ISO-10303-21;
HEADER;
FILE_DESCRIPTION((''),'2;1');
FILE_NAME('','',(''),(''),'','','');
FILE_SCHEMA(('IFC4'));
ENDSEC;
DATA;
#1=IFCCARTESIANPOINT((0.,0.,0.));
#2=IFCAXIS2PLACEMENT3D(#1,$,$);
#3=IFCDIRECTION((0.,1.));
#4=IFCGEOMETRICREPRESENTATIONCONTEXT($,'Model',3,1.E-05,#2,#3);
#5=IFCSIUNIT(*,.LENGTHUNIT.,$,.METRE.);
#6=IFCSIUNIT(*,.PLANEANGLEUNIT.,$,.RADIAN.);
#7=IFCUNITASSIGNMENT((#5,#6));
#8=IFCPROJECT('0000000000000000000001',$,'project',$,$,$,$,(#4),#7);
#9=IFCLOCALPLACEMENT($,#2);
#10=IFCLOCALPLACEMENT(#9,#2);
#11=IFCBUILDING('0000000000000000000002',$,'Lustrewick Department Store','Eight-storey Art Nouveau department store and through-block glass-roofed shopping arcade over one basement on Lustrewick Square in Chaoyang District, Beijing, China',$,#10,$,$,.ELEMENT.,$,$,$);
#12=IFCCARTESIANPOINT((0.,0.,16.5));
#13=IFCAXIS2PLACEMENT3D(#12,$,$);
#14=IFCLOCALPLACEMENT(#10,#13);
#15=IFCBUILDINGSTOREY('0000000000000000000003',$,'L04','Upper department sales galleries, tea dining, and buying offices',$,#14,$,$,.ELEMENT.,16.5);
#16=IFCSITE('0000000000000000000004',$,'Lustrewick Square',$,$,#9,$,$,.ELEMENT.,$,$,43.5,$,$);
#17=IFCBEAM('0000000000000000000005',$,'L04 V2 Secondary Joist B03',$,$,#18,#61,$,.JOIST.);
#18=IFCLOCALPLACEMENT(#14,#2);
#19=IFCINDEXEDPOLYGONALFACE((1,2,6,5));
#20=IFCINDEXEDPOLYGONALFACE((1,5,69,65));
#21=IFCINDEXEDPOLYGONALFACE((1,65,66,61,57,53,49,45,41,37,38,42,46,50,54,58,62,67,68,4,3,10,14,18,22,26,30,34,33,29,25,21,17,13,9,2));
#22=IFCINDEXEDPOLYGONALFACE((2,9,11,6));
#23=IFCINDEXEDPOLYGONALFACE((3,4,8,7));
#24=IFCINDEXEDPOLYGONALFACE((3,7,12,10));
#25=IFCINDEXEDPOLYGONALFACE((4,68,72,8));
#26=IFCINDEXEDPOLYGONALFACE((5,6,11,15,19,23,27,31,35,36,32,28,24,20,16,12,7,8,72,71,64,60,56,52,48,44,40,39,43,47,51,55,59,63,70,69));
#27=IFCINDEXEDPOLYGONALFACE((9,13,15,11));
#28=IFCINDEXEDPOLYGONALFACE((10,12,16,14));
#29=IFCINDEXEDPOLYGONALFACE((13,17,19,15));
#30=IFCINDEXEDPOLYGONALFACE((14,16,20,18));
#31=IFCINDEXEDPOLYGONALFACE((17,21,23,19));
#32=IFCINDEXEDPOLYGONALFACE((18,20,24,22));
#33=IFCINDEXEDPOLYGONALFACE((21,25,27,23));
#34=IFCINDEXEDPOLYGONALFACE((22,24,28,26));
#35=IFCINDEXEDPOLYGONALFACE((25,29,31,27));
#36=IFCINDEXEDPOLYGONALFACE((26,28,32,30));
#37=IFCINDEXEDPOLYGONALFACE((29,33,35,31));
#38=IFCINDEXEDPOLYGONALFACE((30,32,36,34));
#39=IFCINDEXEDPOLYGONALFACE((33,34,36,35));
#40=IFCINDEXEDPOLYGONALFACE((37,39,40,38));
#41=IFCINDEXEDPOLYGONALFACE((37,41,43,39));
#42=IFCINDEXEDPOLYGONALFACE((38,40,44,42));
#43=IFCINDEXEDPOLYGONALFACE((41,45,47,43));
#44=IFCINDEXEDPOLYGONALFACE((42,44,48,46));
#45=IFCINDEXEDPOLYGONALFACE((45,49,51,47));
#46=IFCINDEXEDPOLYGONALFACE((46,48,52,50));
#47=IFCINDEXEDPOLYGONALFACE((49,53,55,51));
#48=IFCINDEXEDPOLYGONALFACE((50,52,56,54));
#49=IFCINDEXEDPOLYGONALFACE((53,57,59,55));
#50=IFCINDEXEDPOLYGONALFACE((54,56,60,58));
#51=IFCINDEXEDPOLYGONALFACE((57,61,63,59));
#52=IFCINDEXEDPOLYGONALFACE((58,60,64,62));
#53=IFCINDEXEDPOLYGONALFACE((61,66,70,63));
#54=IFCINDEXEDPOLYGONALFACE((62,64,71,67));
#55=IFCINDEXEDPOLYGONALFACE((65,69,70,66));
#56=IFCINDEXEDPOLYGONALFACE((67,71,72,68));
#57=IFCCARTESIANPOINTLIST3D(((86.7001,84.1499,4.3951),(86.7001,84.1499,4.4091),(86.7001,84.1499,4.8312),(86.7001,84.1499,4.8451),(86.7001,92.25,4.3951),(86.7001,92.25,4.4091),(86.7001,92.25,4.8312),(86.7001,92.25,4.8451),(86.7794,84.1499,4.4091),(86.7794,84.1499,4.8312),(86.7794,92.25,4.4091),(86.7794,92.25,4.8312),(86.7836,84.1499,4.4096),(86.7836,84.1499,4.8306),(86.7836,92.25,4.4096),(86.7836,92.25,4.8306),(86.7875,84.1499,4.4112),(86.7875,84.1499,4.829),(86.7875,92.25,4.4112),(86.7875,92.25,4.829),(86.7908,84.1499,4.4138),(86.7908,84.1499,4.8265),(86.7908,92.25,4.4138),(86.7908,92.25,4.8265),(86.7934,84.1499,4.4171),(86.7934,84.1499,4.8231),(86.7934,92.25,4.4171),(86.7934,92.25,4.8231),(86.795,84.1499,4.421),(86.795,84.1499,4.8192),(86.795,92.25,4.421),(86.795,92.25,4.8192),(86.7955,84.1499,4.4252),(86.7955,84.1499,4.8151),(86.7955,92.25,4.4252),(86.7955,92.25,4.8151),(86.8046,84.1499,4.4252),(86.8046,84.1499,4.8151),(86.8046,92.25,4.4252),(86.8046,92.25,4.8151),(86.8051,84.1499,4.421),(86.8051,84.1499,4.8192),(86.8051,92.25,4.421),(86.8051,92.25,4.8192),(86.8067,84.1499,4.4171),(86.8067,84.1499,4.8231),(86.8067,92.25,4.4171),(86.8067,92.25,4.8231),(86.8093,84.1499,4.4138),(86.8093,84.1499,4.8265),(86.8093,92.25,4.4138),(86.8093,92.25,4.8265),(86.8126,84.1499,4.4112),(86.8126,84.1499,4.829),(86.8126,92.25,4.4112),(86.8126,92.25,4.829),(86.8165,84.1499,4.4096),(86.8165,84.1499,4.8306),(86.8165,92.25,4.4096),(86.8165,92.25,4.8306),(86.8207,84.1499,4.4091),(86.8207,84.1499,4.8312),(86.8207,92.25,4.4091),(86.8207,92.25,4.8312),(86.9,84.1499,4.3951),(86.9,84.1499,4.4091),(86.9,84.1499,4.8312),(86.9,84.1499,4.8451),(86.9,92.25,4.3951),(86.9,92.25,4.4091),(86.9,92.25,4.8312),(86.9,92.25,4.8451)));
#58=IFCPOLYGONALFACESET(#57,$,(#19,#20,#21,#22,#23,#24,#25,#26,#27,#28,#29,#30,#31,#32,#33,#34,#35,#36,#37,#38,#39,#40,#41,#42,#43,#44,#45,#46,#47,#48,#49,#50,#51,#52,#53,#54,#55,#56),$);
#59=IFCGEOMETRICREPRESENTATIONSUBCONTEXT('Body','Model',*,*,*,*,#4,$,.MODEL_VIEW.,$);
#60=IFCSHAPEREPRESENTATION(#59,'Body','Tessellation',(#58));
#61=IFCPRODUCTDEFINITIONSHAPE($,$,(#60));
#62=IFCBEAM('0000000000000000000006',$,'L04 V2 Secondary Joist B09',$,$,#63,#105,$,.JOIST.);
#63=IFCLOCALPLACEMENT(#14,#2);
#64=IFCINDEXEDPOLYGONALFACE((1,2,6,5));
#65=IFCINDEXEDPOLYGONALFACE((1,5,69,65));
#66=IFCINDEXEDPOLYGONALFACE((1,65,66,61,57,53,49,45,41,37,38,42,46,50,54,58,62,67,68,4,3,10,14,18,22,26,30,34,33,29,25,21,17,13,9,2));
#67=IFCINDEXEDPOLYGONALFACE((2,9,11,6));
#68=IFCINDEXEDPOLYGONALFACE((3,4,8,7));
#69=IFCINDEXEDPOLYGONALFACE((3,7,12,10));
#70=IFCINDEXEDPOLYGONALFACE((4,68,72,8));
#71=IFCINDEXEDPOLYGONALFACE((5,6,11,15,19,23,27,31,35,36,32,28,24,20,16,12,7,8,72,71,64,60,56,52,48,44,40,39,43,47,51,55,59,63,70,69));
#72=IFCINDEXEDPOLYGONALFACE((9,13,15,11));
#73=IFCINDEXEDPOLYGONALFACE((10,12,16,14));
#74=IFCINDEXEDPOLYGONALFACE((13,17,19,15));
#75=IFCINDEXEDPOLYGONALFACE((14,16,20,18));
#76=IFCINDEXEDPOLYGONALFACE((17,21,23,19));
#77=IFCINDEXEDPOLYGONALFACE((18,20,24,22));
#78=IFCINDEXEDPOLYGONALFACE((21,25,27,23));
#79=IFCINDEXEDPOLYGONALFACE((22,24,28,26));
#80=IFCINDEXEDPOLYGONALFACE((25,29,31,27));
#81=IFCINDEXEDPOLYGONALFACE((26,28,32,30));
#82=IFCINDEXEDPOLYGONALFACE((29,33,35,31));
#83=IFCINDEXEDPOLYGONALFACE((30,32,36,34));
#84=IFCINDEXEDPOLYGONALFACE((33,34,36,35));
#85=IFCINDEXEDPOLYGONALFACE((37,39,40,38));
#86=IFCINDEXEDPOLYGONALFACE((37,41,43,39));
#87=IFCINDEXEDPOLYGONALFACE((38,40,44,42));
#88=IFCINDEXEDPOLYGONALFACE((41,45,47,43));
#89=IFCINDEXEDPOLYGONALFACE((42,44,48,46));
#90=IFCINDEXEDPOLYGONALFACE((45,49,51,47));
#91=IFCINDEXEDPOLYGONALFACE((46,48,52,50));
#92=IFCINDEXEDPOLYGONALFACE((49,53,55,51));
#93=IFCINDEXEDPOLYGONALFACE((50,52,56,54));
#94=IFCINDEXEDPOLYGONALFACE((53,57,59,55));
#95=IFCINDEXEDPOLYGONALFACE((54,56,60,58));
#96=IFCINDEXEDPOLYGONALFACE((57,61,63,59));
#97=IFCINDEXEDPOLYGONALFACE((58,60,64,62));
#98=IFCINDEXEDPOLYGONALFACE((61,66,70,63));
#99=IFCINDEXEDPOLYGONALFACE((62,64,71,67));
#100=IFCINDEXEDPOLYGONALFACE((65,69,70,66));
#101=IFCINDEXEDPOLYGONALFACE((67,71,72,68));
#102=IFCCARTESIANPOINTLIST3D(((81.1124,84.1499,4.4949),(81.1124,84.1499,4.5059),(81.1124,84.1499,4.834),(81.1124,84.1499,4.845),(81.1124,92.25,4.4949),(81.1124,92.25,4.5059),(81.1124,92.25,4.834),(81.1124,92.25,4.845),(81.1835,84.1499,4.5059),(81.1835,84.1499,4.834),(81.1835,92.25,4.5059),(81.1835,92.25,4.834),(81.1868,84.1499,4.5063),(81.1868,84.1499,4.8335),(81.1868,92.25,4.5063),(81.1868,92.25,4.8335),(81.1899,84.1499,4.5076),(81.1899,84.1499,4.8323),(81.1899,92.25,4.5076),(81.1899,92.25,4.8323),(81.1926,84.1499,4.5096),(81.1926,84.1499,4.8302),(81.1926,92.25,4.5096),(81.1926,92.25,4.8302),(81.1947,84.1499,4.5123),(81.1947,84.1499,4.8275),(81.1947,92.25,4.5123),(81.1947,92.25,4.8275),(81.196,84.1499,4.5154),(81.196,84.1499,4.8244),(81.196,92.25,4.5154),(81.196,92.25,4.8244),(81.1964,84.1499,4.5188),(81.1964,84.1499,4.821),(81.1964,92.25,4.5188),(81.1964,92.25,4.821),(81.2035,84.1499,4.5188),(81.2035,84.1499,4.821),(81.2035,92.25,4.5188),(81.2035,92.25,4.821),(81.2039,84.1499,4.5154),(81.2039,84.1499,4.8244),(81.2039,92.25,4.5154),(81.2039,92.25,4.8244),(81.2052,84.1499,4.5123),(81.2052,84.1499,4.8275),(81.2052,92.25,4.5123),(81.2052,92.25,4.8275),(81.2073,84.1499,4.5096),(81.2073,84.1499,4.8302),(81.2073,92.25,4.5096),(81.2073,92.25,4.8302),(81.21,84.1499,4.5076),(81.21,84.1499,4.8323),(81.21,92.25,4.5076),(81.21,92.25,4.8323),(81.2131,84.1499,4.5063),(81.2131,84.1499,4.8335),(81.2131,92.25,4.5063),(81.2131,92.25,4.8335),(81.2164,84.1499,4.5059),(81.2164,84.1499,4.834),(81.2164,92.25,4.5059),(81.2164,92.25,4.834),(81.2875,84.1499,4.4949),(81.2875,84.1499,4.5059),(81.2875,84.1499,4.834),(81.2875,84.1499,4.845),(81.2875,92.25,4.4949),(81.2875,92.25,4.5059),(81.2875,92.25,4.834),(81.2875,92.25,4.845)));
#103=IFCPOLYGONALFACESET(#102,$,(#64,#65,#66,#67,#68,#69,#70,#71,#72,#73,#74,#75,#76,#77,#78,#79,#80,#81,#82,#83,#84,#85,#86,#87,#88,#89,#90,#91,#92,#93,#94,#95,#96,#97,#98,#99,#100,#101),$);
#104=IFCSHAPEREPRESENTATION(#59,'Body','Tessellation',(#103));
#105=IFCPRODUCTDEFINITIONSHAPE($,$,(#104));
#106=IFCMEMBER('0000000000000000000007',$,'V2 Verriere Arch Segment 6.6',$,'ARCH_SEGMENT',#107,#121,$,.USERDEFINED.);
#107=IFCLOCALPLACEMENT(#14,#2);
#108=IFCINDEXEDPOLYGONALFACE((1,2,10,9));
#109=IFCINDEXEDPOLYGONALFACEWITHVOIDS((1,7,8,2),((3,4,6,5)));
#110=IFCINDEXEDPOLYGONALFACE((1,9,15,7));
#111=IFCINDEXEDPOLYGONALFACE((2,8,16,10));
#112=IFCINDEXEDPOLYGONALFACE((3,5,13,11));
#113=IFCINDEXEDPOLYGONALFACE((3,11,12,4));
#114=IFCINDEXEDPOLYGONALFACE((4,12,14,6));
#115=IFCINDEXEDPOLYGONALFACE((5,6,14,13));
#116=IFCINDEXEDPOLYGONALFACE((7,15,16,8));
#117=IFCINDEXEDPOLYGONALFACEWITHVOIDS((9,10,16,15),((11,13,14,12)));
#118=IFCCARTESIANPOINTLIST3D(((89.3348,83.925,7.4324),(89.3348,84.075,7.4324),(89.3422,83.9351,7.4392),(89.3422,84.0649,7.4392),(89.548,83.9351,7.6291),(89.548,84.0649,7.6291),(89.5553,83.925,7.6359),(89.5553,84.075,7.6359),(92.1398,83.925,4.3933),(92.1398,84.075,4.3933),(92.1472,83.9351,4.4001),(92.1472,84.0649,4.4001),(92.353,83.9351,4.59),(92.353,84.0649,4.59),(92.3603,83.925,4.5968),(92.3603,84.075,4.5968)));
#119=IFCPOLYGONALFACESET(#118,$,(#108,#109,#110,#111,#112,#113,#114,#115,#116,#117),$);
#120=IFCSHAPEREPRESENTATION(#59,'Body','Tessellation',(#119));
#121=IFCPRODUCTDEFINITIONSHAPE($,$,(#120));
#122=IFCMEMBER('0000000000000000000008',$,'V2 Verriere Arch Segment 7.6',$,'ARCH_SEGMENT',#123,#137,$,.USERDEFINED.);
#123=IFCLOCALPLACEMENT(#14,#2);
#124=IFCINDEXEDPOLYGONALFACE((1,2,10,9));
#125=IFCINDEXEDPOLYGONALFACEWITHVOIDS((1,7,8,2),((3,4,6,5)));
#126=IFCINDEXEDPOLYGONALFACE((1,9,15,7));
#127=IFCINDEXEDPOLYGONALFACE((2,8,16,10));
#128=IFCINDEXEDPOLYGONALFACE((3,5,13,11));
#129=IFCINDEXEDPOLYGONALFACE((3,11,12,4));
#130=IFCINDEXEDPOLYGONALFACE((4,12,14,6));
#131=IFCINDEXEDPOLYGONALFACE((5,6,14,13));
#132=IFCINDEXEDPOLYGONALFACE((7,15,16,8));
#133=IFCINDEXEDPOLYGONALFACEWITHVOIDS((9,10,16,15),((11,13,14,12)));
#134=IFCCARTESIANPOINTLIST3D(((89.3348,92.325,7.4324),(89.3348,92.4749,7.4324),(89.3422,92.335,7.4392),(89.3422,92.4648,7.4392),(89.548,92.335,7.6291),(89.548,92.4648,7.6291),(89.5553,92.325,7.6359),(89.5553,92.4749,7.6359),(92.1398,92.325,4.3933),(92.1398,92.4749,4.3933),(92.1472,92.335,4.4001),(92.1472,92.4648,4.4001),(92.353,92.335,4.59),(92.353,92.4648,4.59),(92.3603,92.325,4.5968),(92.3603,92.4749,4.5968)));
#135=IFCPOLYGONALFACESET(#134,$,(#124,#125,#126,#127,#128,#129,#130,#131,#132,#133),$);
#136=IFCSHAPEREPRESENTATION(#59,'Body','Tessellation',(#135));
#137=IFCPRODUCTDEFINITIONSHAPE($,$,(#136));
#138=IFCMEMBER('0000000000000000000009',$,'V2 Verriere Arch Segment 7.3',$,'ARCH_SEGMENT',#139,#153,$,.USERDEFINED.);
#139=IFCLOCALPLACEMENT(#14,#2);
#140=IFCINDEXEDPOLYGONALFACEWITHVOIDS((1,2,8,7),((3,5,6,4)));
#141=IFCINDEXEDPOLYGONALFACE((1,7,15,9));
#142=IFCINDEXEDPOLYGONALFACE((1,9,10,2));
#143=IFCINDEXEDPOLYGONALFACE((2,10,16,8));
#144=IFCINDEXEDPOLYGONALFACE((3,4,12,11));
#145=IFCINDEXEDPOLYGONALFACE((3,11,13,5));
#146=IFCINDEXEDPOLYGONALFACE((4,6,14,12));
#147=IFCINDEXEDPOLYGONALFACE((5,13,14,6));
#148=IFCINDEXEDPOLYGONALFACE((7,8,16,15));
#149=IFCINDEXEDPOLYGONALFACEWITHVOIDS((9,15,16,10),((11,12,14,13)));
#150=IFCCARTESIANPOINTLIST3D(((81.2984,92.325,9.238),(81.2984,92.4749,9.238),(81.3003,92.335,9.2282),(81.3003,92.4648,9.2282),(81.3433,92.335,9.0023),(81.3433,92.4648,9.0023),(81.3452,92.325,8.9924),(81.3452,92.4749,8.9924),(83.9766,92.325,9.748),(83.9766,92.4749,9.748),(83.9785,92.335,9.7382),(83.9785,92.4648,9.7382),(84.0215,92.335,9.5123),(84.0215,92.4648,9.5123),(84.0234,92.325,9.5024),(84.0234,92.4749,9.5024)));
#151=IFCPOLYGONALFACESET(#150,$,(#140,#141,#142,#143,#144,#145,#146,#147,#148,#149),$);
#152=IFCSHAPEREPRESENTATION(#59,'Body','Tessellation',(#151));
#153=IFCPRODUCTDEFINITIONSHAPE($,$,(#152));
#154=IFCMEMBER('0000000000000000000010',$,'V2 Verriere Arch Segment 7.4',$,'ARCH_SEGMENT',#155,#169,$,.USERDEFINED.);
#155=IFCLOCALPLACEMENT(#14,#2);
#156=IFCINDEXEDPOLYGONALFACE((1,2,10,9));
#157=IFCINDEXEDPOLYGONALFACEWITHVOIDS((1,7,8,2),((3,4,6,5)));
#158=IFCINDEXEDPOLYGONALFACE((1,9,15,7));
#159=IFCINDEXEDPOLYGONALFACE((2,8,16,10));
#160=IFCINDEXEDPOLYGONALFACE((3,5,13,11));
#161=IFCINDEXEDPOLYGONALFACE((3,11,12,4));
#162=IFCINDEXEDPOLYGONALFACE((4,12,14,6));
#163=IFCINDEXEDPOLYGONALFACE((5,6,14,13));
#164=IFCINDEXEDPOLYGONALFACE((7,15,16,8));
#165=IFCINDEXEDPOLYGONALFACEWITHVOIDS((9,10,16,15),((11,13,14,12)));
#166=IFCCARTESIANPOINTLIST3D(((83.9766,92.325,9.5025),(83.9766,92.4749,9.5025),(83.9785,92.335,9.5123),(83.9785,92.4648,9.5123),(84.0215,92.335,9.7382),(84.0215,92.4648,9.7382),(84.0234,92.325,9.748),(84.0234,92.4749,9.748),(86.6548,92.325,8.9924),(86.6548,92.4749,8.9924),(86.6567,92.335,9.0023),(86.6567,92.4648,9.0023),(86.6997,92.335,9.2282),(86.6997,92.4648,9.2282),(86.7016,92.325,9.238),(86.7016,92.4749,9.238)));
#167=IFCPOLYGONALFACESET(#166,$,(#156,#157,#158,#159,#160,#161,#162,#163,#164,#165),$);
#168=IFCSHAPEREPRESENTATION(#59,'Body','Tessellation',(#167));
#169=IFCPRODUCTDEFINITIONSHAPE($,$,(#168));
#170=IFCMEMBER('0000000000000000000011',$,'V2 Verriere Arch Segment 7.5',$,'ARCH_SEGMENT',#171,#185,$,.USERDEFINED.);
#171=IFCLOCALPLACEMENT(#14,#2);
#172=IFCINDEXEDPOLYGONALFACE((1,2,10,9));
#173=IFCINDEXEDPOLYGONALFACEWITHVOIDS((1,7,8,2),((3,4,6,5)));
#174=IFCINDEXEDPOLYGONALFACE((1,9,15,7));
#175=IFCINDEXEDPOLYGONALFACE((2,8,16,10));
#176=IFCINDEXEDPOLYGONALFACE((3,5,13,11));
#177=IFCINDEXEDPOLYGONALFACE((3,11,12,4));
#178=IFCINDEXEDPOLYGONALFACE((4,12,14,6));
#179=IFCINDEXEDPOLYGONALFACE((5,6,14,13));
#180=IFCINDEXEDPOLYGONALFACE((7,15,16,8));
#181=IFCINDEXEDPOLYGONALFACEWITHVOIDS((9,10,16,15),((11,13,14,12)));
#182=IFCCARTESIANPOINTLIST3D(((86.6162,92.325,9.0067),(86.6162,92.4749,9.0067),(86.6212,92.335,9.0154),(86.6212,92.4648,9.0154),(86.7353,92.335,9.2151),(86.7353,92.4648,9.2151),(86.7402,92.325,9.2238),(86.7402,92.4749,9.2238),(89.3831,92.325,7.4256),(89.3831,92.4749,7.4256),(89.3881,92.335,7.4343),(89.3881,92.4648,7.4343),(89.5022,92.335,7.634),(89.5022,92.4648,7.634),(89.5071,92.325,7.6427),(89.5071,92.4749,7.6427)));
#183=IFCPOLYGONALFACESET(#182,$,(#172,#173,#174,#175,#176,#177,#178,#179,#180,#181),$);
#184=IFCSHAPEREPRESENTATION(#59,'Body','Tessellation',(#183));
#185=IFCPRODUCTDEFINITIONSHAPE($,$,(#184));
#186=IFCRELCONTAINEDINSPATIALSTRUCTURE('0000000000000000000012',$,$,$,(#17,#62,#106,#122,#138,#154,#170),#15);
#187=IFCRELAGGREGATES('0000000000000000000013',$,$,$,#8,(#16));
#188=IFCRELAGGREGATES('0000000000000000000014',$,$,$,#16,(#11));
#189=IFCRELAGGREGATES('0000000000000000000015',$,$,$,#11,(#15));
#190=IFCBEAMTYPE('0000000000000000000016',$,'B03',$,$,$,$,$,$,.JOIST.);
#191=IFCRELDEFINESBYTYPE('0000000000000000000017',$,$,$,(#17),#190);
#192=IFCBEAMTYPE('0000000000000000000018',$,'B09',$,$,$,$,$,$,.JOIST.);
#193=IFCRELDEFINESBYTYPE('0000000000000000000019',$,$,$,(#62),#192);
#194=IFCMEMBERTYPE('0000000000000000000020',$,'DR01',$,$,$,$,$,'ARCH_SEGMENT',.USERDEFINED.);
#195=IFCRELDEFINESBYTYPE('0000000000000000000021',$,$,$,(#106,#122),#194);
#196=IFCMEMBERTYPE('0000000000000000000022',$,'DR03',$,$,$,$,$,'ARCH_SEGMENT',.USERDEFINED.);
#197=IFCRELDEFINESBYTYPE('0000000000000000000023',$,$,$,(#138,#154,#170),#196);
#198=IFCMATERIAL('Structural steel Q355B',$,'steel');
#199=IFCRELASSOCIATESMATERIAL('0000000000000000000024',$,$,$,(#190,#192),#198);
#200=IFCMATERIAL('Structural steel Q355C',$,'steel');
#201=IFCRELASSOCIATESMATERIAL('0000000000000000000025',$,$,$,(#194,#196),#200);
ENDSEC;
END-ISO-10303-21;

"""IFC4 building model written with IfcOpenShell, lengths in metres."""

from ifc_helpers import new_model, si_unit, direction, frame, origin, origin_2d, place, context, subcontext, project, spatial, hollow_rectangle, i_section, extrude, material, material_profile, profile_set, type_object, element, save


model = new_model("IFC4")

# Units and contexts
model_context = context("Model", 3, precision=1e-05, world=origin(), true_north=direction((0.0, 1.0)))
body_context = subcontext(model_context, "Body", "Model", "MODEL_VIEW")
ifc_project = project(units=[si_unit("LENGTHUNIT", "METRE"), si_unit("PLANEANGLEUNIT", "RADIAN")], contexts=[model_context])

# Site, building, storey
site_placement = place(None, origin())
site = spatial("IfcSite", under=ifc_project, at=site_placement, Name="Lustrewick Square", CompositionType="ELEMENT", RefElevation=43.5)
building_placement = place(site_placement, origin())
building = spatial("IfcBuilding", under=site, at=building_placement, Name="Lustrewick Department Store", Description="Eight-storey Art Nouveau department store and through-block glass-roofed shopping arcade over one basement on Lustrewick Square in Chaoyang District, Beijing, China", CompositionType="ELEMENT")
storey_placement = place(building_placement, frame((0.0, 0.0, 16.5)))
storey = spatial("IfcBuildingStorey", under=building, at=storey_placement, Name="L04", Description="Upper department sales galleries, tea dining, and buying offices", CompositionType="ELEMENT", Elevation=16.5)

# Beams
ifc_material_1 = material(Name="Structural steel Q355B", Category="steel")
ifc_material_profile_1 = material_profile(ifc_material_1, i_section(OverallWidth=0.2, OverallDepth=0.45, WebThickness=0.009, FlangeThickness=0.0139, FilletRadius=0.0161, at=origin_2d()), Name="HN 450x200x9x14")
ifc_profile_set_1 = profile_set([ifc_material_profile_1], Name="Structural steel Q355B")
beam_type_1 = type_object("IfcBeamType", Name="B03", PredefinedType="JOIST", material=ifc_profile_set_1)
beam_1_placement = place(storey_placement, frame((86.8, 84.1499, 4.6201), z_axis=(0.0, 1.0, 0.0), x_axis=(-1.0, 0.0, 0.0)))
element("IfcBeam", 1, at=beam_1_placement, inside=storey, type_object=beam_type_1, Name="L04 V2 Secondary Joist B03", PredefinedType="JOIST", context=body_context, shape_type="SweptSolid", body=[
    extrude(i_section(OverallWidth=0.2, OverallDepth=0.45, WebThickness=0.009, FlangeThickness=0.0139, FilletRadius=0.0161, at=origin_2d()), origin(), (0.0, 0.0, 1.0), 8.1001),
])
ifc_material_profile_2 = material_profile(ifc_material_1, i_section(OverallWidth=0.175, OverallDepth=0.3501, WebThickness=0.0071, FlangeThickness=0.011, FilletRadius=0.0129, at=origin_2d()), Name="HN 350x175x7x11")
ifc_profile_set_2 = profile_set([ifc_material_profile_2], Name="Structural steel Q355B")
beam_type_2 = type_object("IfcBeamType", Name="B09", PredefinedType="JOIST", material=ifc_profile_set_2)
beam_2_placement = place(storey_placement, frame((81.2, 84.1499, 4.6699), z_axis=(0.0, 1.0, 0.0), x_axis=(-1.0, 0.0, 0.0)))
element("IfcBeam", 2, at=beam_2_placement, inside=storey, type_object=beam_type_2, Name="L04 V2 Secondary Joist B09", PredefinedType="JOIST", context=body_context, shape_type="SweptSolid", body=[
    extrude(i_section(OverallWidth=0.175, OverallDepth=0.3501, WebThickness=0.0071, FlangeThickness=0.011, FilletRadius=0.0129, at=origin_2d()), origin(), (0.0, 0.0, 1.0), 8.1001),
])

# Members
ifc_material_2 = material(Name="Structural steel Q355C", Category="steel")
ifc_material_profile_3 = material_profile(ifc_material_2, hollow_rectangle(XDim=0.1499, YDim=0.3, WallThickness=0.01, at=origin_2d()), Name="RHS 300x150x10")
ifc_profile_set_3 = profile_set([ifc_material_profile_3], Name="Structural steel Q355C")
member_type_1 = type_object("IfcMemberType", Name="DR01", ElementType="ARCH_SEGMENT", PredefinedType="USERDEFINED", material=ifc_profile_set_3)
for number, where, z_axis, x_axis, name in (
    (3, (89.4451, 84.0, 7.5342), (0.678234, 0.0, -0.734846), (0.0, 1.0, 0.0), "V2 Verriere Arch Segment 6.6"),
    (4, (89.4451, 92.3999, 7.5342), (0.678234, 0.0, -0.734846), (0.0, 1.0, 0.0), "V2 Verriere Arch Segment 7.6"),
):
    element("IfcMember", number, at=place(storey_placement, frame(where, z_axis=z_axis, x_axis=x_axis)), inside=storey, type_object=member_type_1, Name=name, ObjectType="ARCH_SEGMENT", PredefinedType="USERDEFINED", context=body_context, shape_type="SweptSolid", body=[
        extrude(hollow_rectangle(XDim=0.1499, YDim=0.3, WallThickness=0.01, at=origin_2d()), origin(), (0.0, 0.0, 1.0), 4.1357),
    ])
ifc_material_profile_4 = material_profile(ifc_material_2, hollow_rectangle(XDim=0.1499, YDim=0.25, WallThickness=0.01, at=origin_2d()), Name="RHS 250x150x10")
ifc_profile_set_4 = profile_set([ifc_material_profile_4], Name="Structural steel Q355C")
member_type_2 = type_object("IfcMemberType", Name="DR03", ElementType="ARCH_SEGMENT", PredefinedType="USERDEFINED", material=ifc_profile_set_4)
for number, where, z_axis, x_axis, name in (
    (5, (81.3218, 92.3999, 9.1152), (0.982347, 0.0, 0.187067), (0.0, 1.0, 0.0), "V2 Verriere Arch Segment 7.3"),
    (6, (84.0, 92.3999, 9.6252), (0.982347, 0.0, -0.187067), (0.0, 1.0, 0.0), "V2 Verriere Arch Segment 7.4"),
):
    element("IfcMember", number, at=place(storey_placement, frame(where, z_axis=z_axis, x_axis=x_axis)), inside=storey, type_object=member_type_2, Name=name, ObjectType="ARCH_SEGMENT", PredefinedType="USERDEFINED", context=body_context, shape_type="SweptSolid", body=[
        extrude(hollow_rectangle(XDim=0.1499, YDim=0.25, WallThickness=0.01, at=origin_2d()), origin(), (0.0, 0.0, 1.0), 2.7263),
    ])
member_1_placement = place(storey_placement, frame((86.6782, 92.3999, 9.1152), z_axis=(0.868243, 0.0, -0.496139), x_axis=(0.0, 1.0, 0.0)))
element("IfcMember", 7, at=member_1_placement, inside=storey, type_object=member_type_2, Name="V2 Verriere Arch Segment 7.5", ObjectType="ARCH_SEGMENT", PredefinedType="USERDEFINED", context=body_context, shape_type="SweptSolid", body=[
    extrude(hollow_rectangle(XDim=0.1499, YDim=0.25, WallThickness=0.01, at=origin_2d()), origin(), (0.0, 0.0, 1.0), 3.1868),
])

save(model, "model.ifc")
